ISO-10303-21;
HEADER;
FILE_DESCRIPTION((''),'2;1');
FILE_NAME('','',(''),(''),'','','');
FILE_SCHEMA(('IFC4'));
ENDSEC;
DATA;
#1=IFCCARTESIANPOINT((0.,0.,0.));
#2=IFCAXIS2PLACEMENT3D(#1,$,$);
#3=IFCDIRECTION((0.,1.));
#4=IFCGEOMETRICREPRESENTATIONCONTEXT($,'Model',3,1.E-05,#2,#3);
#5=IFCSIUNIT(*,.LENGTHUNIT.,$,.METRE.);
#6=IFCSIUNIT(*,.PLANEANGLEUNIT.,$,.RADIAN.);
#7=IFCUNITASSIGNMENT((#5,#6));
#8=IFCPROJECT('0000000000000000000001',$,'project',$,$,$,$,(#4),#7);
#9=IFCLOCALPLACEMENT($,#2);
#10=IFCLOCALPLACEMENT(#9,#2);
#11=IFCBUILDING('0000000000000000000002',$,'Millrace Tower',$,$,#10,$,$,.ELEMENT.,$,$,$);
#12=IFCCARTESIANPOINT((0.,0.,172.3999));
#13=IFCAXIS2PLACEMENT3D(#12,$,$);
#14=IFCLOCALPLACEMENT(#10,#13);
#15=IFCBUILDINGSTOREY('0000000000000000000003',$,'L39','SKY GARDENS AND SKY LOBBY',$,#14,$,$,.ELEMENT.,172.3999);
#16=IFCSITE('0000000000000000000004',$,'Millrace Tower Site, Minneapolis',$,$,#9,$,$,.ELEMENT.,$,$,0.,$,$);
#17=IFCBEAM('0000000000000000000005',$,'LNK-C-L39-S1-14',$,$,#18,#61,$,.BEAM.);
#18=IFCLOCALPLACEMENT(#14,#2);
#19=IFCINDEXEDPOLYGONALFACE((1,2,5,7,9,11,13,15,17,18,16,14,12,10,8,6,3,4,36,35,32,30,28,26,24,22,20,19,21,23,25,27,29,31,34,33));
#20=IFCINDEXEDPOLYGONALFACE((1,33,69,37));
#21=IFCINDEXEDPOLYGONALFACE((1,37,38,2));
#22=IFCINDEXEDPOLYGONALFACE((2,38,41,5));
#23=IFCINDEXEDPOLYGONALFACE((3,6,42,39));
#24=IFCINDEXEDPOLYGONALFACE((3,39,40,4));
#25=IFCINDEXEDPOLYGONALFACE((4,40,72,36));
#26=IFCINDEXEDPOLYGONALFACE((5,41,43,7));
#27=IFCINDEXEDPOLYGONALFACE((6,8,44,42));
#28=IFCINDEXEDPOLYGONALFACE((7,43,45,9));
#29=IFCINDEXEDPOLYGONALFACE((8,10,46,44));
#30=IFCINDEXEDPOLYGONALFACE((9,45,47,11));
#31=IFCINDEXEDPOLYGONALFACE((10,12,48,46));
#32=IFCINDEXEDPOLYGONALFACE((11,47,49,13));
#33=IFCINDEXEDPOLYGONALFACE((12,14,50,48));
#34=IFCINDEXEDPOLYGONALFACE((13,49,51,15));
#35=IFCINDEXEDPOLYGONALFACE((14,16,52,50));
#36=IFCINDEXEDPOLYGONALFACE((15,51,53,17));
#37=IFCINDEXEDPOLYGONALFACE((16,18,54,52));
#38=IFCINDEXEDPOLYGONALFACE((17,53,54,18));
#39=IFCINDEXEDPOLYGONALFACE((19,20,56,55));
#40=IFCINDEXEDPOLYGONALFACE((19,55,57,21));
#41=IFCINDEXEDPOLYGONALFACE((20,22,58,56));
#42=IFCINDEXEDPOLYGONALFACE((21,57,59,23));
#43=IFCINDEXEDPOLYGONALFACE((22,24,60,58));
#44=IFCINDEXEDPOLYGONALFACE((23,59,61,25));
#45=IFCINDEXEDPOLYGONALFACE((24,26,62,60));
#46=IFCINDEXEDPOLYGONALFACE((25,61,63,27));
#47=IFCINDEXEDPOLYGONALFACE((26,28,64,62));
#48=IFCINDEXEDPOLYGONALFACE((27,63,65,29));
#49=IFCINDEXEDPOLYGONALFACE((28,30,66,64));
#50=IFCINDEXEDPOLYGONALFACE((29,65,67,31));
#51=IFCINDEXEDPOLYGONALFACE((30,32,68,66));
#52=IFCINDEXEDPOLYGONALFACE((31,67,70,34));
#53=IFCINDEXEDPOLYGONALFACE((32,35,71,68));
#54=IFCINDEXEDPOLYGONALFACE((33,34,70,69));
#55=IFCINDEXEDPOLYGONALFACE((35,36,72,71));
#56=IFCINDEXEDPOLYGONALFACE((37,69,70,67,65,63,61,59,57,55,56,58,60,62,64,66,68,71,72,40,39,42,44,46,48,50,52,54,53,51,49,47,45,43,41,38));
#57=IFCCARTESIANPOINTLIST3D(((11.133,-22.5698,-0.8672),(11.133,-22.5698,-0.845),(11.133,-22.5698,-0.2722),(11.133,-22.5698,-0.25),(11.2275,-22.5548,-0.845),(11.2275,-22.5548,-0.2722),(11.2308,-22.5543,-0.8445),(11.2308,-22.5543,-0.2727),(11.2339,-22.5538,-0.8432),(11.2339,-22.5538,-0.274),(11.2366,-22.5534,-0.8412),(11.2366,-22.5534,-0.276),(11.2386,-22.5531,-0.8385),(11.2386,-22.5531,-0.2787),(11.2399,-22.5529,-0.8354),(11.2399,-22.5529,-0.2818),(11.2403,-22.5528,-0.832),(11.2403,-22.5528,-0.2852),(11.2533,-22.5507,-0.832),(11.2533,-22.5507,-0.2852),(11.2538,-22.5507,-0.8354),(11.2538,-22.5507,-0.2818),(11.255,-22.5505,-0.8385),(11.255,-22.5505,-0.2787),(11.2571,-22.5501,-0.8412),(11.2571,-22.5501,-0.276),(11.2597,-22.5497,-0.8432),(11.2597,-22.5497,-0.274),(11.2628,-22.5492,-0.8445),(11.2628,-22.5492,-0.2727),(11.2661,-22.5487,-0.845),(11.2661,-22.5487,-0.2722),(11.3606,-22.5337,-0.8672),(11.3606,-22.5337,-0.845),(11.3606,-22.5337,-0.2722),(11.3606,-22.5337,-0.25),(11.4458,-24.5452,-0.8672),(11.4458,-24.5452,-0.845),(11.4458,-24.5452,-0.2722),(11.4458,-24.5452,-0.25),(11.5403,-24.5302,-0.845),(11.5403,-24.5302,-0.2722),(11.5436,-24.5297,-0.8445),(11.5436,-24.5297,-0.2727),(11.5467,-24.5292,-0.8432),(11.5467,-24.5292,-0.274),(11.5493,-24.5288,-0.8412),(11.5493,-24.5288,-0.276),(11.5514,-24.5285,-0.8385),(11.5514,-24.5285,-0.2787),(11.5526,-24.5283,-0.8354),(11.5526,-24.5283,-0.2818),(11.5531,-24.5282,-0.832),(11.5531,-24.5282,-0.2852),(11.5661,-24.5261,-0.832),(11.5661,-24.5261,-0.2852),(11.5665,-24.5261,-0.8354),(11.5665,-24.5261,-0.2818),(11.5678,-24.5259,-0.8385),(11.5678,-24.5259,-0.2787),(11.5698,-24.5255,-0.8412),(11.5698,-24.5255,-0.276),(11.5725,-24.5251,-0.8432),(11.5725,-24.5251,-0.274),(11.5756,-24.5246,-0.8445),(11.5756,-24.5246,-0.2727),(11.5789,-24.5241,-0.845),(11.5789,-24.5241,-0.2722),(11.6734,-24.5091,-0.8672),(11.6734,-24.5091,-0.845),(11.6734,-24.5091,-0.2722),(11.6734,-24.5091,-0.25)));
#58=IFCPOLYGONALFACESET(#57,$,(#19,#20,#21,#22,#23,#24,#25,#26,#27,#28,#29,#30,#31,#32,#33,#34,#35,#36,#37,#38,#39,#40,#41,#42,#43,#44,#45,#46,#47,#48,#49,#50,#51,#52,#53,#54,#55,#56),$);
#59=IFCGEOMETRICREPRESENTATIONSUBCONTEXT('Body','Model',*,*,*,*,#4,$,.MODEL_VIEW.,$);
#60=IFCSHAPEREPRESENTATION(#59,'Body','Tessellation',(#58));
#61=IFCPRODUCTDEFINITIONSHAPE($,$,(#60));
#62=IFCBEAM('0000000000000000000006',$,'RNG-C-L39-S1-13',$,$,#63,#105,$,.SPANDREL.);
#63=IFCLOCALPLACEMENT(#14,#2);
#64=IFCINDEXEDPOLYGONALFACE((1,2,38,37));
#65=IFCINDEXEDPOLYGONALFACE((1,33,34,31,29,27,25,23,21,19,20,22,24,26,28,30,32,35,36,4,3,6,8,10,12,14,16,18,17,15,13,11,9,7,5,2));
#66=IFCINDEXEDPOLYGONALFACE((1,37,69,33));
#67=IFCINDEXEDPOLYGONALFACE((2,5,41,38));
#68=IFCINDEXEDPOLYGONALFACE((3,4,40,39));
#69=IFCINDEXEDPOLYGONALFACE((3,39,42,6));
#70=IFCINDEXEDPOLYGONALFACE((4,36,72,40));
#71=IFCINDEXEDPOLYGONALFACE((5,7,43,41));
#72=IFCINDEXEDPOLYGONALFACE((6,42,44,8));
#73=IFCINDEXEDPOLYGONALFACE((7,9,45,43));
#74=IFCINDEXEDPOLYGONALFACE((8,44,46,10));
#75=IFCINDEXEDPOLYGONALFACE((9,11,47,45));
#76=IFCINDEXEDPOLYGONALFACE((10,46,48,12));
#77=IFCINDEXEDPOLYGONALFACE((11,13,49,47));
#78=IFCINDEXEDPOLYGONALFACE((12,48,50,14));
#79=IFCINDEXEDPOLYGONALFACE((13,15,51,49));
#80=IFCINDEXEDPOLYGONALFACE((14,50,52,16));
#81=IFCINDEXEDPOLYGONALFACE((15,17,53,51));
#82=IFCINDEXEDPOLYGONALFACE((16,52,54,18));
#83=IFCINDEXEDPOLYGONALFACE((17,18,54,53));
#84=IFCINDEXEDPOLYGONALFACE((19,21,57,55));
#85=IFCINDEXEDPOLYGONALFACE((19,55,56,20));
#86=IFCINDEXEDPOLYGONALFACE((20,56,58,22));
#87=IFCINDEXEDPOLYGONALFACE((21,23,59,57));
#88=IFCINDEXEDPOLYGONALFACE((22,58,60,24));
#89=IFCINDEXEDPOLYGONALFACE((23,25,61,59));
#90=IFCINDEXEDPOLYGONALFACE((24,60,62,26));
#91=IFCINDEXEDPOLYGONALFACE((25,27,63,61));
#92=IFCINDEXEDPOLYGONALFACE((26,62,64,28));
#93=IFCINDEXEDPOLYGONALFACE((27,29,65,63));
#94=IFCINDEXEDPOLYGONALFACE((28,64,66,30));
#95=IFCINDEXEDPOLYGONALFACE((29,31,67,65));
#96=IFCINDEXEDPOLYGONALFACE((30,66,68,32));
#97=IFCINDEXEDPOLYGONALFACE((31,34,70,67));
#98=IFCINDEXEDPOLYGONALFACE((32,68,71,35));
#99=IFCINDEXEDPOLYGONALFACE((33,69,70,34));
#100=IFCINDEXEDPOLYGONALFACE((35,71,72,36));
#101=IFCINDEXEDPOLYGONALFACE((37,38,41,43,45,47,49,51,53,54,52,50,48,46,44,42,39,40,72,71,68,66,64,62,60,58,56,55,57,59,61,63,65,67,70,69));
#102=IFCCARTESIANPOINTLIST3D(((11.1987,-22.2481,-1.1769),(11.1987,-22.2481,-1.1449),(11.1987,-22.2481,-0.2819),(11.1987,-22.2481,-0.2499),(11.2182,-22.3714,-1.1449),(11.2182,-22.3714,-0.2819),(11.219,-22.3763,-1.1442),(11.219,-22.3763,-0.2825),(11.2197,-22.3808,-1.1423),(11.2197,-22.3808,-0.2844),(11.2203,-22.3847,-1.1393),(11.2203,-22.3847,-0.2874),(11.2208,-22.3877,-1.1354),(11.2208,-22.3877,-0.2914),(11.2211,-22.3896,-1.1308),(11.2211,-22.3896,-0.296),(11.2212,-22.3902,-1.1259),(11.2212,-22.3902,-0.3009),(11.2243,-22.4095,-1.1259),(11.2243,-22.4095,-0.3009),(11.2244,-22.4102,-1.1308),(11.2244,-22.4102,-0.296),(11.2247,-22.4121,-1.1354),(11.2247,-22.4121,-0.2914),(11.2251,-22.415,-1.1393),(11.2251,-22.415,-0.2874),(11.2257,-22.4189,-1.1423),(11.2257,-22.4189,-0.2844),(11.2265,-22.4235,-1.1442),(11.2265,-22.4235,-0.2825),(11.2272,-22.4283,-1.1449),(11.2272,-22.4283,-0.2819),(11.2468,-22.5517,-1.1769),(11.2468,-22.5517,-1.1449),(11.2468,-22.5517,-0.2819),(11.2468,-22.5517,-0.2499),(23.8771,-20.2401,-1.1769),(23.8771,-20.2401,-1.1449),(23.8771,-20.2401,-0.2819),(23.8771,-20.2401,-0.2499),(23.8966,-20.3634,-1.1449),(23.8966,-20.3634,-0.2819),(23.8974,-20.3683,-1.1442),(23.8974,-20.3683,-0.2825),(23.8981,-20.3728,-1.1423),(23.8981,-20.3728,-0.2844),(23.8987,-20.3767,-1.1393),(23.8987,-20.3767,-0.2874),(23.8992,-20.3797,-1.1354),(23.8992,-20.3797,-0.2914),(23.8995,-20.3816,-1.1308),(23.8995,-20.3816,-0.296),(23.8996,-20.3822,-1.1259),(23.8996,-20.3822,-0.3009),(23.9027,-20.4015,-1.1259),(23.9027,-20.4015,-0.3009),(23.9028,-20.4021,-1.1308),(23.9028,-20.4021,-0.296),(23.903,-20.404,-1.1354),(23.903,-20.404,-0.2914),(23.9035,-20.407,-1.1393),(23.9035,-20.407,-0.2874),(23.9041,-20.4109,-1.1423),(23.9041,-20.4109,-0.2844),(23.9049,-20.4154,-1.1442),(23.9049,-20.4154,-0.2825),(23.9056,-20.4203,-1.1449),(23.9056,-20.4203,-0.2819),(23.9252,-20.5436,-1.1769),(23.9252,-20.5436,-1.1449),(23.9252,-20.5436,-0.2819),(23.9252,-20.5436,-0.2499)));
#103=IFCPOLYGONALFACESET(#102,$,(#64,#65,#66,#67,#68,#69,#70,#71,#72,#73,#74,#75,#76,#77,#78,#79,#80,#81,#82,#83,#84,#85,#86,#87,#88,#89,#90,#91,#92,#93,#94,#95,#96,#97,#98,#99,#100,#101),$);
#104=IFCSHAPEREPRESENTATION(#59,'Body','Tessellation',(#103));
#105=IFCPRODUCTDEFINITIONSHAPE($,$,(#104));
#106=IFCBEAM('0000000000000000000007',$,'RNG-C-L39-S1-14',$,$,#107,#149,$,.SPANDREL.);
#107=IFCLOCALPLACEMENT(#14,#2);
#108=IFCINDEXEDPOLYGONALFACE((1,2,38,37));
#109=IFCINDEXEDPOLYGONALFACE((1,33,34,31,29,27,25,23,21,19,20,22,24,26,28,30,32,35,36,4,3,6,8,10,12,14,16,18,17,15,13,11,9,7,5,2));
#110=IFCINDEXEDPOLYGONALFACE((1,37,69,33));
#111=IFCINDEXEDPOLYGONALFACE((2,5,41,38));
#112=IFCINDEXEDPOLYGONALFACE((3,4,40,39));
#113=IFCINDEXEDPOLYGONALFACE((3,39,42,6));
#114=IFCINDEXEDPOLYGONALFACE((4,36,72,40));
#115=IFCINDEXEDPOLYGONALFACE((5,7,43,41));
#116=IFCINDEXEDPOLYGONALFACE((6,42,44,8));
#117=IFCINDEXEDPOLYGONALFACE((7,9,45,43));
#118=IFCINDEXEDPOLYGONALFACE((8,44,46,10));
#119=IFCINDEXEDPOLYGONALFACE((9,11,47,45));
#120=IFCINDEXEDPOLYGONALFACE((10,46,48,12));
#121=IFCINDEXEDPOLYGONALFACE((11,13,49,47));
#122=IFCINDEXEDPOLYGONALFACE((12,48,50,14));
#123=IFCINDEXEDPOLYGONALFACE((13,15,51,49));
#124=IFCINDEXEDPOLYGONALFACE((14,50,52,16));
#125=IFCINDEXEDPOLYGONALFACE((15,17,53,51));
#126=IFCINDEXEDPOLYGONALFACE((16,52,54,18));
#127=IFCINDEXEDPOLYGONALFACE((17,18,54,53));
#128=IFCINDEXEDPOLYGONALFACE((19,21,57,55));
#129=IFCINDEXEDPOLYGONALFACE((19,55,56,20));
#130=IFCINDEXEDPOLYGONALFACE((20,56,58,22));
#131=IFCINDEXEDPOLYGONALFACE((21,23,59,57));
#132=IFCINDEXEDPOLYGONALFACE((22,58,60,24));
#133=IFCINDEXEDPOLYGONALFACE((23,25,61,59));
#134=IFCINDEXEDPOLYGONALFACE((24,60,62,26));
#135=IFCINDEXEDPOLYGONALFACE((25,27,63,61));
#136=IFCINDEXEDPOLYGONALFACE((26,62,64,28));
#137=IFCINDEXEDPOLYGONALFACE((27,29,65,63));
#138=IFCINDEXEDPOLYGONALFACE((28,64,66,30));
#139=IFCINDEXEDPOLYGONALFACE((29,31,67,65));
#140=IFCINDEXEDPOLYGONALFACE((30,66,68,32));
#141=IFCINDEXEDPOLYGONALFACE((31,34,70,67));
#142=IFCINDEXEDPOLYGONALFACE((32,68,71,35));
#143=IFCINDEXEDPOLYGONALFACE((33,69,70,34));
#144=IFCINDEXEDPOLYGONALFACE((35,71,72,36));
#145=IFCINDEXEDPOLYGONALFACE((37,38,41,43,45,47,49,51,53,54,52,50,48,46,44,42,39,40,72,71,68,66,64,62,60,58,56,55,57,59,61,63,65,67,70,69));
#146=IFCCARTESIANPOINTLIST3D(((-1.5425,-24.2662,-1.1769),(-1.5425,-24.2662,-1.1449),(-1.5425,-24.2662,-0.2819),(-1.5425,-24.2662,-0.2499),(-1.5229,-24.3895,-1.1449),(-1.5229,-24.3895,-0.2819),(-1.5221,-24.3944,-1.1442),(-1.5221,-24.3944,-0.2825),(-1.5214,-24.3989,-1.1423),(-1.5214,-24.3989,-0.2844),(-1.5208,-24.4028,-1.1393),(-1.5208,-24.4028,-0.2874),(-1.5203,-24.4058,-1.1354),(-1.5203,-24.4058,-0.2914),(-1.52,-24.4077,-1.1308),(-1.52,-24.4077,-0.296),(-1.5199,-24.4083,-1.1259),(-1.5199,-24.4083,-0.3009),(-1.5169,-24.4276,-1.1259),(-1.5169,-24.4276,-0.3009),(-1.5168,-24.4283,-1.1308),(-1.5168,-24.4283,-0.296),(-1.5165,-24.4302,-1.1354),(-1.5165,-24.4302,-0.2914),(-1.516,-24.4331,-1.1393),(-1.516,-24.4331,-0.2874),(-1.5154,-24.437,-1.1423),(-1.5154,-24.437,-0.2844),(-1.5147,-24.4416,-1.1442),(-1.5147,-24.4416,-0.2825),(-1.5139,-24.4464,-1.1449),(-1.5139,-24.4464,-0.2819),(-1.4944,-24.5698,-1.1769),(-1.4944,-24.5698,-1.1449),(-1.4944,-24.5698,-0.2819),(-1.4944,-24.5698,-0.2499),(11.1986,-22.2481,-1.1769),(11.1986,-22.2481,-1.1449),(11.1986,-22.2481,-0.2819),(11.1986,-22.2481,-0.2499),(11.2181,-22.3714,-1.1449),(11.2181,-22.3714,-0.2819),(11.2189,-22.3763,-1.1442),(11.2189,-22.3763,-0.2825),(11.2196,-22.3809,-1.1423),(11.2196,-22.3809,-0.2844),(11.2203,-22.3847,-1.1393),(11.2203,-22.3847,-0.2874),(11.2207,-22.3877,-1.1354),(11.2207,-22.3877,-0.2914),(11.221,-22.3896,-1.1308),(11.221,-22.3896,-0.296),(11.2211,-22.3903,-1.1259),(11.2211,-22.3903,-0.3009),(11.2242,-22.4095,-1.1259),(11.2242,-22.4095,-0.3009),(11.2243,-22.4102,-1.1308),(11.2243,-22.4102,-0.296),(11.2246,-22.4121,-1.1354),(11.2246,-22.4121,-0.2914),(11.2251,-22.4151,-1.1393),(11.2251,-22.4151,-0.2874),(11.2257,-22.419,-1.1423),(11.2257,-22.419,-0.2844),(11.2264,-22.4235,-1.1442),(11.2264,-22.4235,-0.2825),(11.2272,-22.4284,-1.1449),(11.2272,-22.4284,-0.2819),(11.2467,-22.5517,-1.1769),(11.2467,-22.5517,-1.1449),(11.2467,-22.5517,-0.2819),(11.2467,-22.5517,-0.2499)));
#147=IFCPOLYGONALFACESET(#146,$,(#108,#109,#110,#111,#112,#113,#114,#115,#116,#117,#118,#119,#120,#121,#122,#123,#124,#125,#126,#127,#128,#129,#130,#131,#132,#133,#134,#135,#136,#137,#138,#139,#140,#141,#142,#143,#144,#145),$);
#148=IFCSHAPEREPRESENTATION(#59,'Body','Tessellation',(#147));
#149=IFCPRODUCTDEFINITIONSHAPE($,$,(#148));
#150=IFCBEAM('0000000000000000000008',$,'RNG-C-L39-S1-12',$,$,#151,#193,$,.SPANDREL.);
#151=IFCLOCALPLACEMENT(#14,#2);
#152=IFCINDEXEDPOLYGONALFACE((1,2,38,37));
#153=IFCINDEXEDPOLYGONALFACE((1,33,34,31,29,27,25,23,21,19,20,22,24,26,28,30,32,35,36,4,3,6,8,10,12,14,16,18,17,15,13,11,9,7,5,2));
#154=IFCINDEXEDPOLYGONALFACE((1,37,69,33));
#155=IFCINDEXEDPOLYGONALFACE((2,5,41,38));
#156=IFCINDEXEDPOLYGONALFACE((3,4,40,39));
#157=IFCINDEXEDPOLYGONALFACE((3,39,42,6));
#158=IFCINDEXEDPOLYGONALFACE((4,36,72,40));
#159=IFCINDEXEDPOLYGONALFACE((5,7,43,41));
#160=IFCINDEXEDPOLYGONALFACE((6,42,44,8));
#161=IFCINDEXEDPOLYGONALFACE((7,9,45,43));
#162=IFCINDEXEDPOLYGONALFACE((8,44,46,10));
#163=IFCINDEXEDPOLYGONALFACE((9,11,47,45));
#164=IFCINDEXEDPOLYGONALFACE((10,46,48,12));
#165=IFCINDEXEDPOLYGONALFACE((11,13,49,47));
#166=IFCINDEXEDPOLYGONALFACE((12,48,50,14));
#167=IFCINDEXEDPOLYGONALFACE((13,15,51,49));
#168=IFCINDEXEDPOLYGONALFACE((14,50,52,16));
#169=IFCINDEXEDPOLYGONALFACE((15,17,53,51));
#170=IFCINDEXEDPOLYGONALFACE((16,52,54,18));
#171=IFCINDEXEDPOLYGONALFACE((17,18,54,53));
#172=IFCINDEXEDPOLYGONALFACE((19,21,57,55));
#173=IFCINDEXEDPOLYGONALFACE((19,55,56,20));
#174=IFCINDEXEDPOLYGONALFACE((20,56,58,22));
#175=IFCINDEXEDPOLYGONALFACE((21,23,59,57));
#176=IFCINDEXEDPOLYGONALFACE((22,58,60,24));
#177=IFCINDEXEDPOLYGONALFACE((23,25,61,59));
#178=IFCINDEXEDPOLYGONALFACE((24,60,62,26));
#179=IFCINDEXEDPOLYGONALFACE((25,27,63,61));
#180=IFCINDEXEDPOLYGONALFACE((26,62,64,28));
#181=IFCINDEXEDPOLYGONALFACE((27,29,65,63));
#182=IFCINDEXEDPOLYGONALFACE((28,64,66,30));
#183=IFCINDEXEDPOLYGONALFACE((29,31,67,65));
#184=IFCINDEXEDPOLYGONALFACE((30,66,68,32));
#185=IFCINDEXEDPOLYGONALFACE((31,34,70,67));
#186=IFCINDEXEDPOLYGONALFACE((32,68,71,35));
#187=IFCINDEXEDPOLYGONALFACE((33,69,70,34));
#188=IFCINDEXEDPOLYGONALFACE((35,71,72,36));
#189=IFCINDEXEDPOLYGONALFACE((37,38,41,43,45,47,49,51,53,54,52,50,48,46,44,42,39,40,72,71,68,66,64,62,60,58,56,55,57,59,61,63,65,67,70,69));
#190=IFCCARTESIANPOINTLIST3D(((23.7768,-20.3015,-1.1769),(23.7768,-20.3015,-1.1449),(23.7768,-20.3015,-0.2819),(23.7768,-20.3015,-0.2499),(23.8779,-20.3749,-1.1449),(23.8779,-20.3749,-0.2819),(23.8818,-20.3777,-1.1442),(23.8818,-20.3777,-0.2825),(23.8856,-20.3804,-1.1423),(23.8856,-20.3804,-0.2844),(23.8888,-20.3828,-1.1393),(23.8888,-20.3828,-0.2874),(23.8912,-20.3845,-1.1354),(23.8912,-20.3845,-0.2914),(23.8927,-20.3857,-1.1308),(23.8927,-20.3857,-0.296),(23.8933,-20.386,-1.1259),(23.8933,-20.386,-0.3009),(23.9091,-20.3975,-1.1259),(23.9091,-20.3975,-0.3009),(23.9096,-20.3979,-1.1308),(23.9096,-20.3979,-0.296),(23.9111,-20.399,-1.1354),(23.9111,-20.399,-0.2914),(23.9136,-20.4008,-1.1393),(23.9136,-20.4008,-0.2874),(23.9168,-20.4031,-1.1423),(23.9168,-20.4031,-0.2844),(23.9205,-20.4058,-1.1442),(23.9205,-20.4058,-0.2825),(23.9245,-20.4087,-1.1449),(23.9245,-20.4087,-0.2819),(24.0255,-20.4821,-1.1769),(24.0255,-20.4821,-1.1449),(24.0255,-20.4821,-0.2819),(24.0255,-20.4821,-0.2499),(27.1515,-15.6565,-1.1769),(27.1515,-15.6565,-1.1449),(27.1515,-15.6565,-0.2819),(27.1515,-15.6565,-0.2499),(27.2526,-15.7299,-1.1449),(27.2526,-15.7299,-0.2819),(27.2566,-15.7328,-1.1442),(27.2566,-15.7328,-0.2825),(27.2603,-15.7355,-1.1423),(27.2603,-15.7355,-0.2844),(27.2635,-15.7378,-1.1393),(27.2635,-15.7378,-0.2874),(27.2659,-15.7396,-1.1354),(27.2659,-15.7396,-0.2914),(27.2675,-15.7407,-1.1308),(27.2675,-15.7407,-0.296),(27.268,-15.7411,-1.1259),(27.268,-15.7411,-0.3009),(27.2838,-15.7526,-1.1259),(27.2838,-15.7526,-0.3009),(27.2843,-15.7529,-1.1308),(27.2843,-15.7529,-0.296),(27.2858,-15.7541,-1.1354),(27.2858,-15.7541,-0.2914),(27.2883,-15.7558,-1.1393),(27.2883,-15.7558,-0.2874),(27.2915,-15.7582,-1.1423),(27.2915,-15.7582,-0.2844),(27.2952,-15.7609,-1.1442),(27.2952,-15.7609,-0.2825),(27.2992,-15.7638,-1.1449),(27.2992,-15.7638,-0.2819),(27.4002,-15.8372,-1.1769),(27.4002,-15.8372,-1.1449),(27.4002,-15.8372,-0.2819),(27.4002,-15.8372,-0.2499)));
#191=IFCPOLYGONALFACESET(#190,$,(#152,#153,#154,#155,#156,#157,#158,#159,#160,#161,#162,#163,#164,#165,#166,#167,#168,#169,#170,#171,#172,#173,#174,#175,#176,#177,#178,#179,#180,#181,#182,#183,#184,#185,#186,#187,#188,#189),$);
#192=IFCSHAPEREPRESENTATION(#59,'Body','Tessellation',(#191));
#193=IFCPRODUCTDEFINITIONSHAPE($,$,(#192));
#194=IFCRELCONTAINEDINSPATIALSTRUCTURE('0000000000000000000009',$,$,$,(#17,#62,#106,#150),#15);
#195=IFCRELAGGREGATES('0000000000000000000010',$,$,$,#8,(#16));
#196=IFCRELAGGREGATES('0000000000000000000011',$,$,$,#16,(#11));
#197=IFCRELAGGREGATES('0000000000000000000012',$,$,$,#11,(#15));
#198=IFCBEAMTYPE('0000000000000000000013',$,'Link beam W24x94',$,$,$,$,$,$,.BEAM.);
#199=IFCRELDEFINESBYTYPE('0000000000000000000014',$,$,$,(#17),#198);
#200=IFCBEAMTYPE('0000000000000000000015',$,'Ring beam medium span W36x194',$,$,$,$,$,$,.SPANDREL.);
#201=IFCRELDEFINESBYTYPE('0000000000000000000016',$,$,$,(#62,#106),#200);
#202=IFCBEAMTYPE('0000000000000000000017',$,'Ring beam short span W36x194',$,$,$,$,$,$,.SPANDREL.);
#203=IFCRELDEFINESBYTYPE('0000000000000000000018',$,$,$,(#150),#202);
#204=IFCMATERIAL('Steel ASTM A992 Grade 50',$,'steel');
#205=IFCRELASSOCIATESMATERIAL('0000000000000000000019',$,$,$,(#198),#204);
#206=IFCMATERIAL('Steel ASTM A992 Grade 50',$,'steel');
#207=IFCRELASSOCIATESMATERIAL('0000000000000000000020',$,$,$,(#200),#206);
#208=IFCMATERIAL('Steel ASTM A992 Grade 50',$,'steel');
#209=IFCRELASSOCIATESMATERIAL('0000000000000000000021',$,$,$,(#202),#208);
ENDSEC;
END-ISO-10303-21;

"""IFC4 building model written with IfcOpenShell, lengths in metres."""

from ifc_helpers import new_model, si_unit, direction, frame, origin, origin_2d, place, context, subcontext, project, spatial, i_section, extrude, material, material_profile, profile_set, type_object, element, save


model = new_model("IFC4")

# Units and contexts
model_context = context("Model", 3, precision=1e-05, world=origin(), true_north=direction((0.0, 1.0)))
body_context = subcontext(model_context, "Body", "Model", "MODEL_VIEW")
ifc_project = project(units=[si_unit("LENGTHUNIT", "METRE"), si_unit("PLANEANGLEUNIT", "RADIAN")], contexts=[model_context])

# Site, building, storey
site_placement = place(None, origin())
site = spatial("IfcSite", under=ifc_project, at=site_placement, Name="Millrace Tower Site, Minneapolis", CompositionType="ELEMENT", RefElevation=0.0)
building_placement = place(site_placement, origin())
building = spatial("IfcBuilding", under=site, at=building_placement, Name="Millrace Tower", CompositionType="ELEMENT")
storey_placement = place(building_placement, frame((0.0, 0.0, 172.3999)))
storey = spatial("IfcBuildingStorey", under=building, at=storey_placement, Name="L39", Description="SKY GARDENS AND SKY LOBBY", CompositionType="ELEMENT", Elevation=172.3999)

# Beams
ifc_material_1 = material(Name="Steel ASTM A992 Grade 50", Category="steel")
ifc_material_profile_1 = material_profile(ifc_material_1, i_section(OverallWidth=0.2305, OverallDepth=0.6172, WebThickness=0.0132, FlangeThickness=0.0222, FilletRadius=0.0129, at=origin_2d()))
ifc_profile_set_1 = profile_set([ifc_material_profile_1], Name="Steel ASTM A992 Grade 50")
beam_type_1 = type_object("IfcBeamType", Name="Link beam W24x94", PredefinedType="BEAM", material=ifc_profile_set_1)
beam_1_placement = place(storey_placement, frame((11.2468, -22.5518, -0.5586), z_axis=(0.156376, -0.987698, 0.0), x_axis=(0.987698, 0.156376, 0.0)))
element("IfcBeam", 1, at=beam_1_placement, inside=storey, type_object=beam_type_1, Name="LNK-C-L39-S1-14", PredefinedType="BEAM", context=body_context, shape_type="SweptSolid", body=[
    extrude(i_section(OverallWidth=0.2305, OverallDepth=0.6172, WebThickness=0.0132, FlangeThickness=0.0222, FilletRadius=0.0129, at=origin_2d()), origin(), (0.0, 0.0, 1.0), 2.0),
])
ifc_material_2 = material(Name="Steel ASTM A992 Grade 50", Category="steel")
ifc_material_profile_2 = material_profile(ifc_material_2, i_section(OverallWidth=0.3074, OverallDepth=0.927, WebThickness=0.0195, FlangeThickness=0.032, FilletRadius=0.019, at=origin_2d()))
ifc_profile_set_2 = profile_set([ifc_material_profile_2], Name="Steel ASTM A992 Grade 50")
beam_type_2 = type_object("IfcBeamType", Name="Ring beam medium span W36x194", PredefinedType="SPANDREL", material=ifc_profile_set_2)
beam_2_placement = place(storey_placement, frame((23.9011, -20.3918, -0.7134), z_axis=(-0.987689, -0.156433, 0.0), x_axis=(0.156433, -0.987689, 0.0)))
element("IfcBeam", 2, at=beam_2_placement, inside=storey, type_object=beam_type_2, Name="RNG-C-L39-S1-13", PredefinedType="SPANDREL", context=body_context, shape_type="SweptSolid", body=[
    extrude(i_section(OverallWidth=0.3074, OverallDepth=0.927, WebThickness=0.0195, FlangeThickness=0.032, FilletRadius=0.019, at=origin_2d()), origin(), (0.0, 0.0, 1.0), 12.8364),
])
beam_3_placement = place(storey_placement, frame((11.2227, -22.3999, -0.7134), z_axis=(-0.987687, -0.156442, 0.0), x_axis=(0.156442, -0.987687, 0.0)))
element("IfcBeam", 3, at=beam_3_placement, inside=storey, type_object=beam_type_2, Name="RNG-C-L39-S1-14", PredefinedType="SPANDREL", context=body_context, shape_type="SweptSolid", body=[
    extrude(i_section(OverallWidth=0.3074, OverallDepth=0.927, WebThickness=0.0195, FlangeThickness=0.032, FilletRadius=0.019, at=origin_2d()), origin(), (0.0, 0.0, 1.0), 12.8999),
])
ifc_material_3 = material(Name="Steel ASTM A992 Grade 50", Category="steel")
ifc_material_profile_3 = material_profile(ifc_material_3, i_section(OverallWidth=0.3074, OverallDepth=0.927, WebThickness=0.0195, FlangeThickness=0.032, FilletRadius=0.019, at=origin_2d()))
ifc_profile_set_3 = profile_set([ifc_material_profile_3], Name="Steel ASTM A992 Grade 50")
beam_type_3 = type_object("IfcBeamType", Name="Ring beam short span W36x194", PredefinedType="SPANDREL", material=ifc_profile_set_3)
beam_4_placement = place(storey_placement, frame((27.2759, -15.7468, -0.7134), z_axis=(-0.58778, -0.809021, 0.0), x_axis=(0.809021, -0.58778, 0.0)))
element("IfcBeam", 4, at=beam_4_placement, inside=storey, type_object=beam_type_3, Name="RNG-C-L39-S1-12", PredefinedType="SPANDREL", context=body_context, shape_type="SweptSolid", body=[
    extrude(i_section(OverallWidth=0.3074, OverallDepth=0.927, WebThickness=0.0195, FlangeThickness=0.032, FilletRadius=0.019, at=origin_2d()), origin(), (0.0, 0.0, 1.0), 5.7415),
])

save(model, "model.ifc")
